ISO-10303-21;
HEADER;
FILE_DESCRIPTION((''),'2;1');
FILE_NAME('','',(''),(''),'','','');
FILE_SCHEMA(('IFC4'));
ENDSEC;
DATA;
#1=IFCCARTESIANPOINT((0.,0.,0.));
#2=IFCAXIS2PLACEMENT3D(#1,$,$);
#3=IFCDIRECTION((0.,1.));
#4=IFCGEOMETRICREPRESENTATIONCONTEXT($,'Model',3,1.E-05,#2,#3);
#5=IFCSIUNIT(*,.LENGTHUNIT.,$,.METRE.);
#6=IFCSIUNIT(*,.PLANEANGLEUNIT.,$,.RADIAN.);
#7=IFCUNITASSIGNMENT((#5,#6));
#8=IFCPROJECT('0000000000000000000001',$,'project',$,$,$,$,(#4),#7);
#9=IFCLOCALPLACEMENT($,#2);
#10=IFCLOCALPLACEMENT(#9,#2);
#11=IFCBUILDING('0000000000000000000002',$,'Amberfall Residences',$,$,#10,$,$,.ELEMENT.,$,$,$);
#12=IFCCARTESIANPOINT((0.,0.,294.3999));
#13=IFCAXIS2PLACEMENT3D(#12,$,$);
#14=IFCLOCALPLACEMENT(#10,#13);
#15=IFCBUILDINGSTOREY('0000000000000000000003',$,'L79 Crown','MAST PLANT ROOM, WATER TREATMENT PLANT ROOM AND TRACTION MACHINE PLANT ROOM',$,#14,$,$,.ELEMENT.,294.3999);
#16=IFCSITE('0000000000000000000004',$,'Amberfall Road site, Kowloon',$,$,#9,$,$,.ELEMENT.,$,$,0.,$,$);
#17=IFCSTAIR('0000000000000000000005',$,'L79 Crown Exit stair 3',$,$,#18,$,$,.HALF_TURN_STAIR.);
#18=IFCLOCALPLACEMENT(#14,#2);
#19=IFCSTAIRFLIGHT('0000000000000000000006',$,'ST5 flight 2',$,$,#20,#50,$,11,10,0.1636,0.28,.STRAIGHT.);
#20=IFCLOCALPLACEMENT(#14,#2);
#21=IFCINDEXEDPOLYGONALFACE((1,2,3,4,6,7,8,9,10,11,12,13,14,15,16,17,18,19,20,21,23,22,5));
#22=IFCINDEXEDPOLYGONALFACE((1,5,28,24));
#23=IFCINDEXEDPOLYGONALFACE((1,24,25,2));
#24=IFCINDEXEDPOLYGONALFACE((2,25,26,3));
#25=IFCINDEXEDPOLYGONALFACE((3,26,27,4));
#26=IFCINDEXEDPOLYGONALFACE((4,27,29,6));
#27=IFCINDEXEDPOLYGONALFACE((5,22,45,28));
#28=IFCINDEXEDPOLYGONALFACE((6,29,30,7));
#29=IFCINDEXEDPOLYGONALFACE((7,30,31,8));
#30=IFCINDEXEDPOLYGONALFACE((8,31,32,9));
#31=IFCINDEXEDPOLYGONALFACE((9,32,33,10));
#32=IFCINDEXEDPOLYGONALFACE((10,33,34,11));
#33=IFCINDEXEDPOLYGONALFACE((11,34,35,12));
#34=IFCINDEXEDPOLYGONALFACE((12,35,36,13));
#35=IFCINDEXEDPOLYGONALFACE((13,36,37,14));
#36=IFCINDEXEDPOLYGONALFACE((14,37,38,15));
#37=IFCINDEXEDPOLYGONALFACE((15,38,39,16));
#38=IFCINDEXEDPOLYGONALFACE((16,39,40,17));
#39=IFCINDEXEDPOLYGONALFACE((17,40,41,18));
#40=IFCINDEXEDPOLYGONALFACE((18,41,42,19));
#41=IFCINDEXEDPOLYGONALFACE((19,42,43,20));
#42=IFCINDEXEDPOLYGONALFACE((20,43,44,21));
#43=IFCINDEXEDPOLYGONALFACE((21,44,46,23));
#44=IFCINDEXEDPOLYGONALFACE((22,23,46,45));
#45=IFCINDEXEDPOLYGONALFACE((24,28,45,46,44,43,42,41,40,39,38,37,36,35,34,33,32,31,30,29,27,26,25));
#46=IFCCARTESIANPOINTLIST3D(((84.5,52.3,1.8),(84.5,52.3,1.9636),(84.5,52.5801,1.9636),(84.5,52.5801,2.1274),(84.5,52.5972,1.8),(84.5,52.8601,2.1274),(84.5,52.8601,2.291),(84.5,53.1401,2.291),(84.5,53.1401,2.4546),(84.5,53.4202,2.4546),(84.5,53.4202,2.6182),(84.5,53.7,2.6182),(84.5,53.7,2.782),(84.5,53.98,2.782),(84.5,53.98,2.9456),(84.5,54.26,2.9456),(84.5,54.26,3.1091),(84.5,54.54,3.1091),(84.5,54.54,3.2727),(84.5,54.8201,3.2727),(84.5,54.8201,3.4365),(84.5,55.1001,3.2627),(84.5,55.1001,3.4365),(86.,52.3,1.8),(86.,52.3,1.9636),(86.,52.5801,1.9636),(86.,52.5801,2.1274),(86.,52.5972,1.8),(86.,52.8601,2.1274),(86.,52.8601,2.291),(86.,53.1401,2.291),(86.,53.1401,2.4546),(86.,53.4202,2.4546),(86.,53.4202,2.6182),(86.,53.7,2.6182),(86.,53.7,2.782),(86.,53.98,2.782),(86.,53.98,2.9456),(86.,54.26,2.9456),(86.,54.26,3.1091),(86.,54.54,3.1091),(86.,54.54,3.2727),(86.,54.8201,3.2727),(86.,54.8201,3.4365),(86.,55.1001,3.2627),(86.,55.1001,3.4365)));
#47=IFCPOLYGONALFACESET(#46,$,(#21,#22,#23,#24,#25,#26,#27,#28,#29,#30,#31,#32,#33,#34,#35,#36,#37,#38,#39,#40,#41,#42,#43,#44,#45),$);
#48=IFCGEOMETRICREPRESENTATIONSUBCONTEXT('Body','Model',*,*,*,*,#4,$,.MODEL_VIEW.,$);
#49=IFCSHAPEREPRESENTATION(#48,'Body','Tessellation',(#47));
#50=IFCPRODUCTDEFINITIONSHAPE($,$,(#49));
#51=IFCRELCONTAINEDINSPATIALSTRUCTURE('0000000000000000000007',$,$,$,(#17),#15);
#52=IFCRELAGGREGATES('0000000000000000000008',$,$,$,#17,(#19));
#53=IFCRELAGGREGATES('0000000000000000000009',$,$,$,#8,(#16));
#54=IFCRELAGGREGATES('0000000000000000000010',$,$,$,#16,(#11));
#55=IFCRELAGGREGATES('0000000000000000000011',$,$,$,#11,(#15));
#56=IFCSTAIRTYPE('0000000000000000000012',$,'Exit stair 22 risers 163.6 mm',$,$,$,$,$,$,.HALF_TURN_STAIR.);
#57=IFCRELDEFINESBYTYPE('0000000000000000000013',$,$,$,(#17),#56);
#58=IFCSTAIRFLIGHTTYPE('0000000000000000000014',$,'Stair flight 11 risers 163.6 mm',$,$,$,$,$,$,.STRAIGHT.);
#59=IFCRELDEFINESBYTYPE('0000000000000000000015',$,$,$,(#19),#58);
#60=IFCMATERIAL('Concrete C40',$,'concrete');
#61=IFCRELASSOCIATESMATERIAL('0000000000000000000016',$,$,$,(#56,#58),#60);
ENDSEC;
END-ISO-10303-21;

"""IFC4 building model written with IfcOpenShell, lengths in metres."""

from ifc_helpers import new_model, si_unit, direction, frame, origin, place, context, subcontext, project, spatial, polyline, outline, extrude, material, type_object, element, aggregate, save


model = new_model("IFC4")

# Units and contexts
model_context = context("Model", 3, precision=1e-05, world=origin(), true_north=direction((0.0, 1.0)))
body_context = subcontext(model_context, "Body", "Model", "MODEL_VIEW")
ifc_project = project(units=[si_unit("LENGTHUNIT", "METRE"), si_unit("PLANEANGLEUNIT", "RADIAN")], contexts=[model_context])

# Site, building, storey
site_placement = place(None, origin())
site = spatial("IfcSite", under=ifc_project, at=site_placement, Name="Amberfall Road site, Kowloon", CompositionType="ELEMENT", RefElevation=0.0)
building_placement = place(site_placement, origin())
building = spatial("IfcBuilding", under=site, at=building_placement, Name="Amberfall Residences", CompositionType="ELEMENT")
storey_placement = place(building_placement, frame((0.0, 0.0, 294.3999)))
storey = spatial("IfcBuildingStorey", under=building, at=storey_placement, Name="L79 Crown", Description="MAST PLANT ROOM, WATER TREATMENT PLANT ROOM AND TRACTION MACHINE PLANT ROOM", CompositionType="ELEMENT", Elevation=294.3999)

# Stair, stair flight
ifc_material_1 = material(Name="Concrete C40", Category="concrete")
stair_type = type_object("IfcStairType", Name="Exit stair 22 risers 163.6 mm", PredefinedType="HALF_TURN_STAIR", material=ifc_material_1)
stair_placement = place(storey_placement, origin())
stair = element("IfcStair", 1, at=stair_placement, inside=storey, type_object=stair_type, Name="L79 Crown Exit stair 3", PredefinedType="HALF_TURN_STAIR")
stair_flight_type = type_object("IfcStairFlightType", Name="Stair flight 11 risers 163.6 mm", PredefinedType="STRAIGHT", material=ifc_material_1)
stair_flight_placement = place(storey_placement, frame((85.25, 52.3, 1.8), z_axis=(0.0, 0.0, 1.0), x_axis=(0.0, 1.0, 0.0)))
stair_flight = element("IfcStairFlight", 2, at=stair_flight_placement, type_object=stair_flight_type, Name="ST5 flight 2", NumberOfRisers=11, NumberOfTreads=10, PredefinedType="STRAIGHT", RiserHeight=0.1636, TreadLength=0.28, context=body_context, shape_type="SweptSolid", body=[
    extrude(outline(polyline([(0.0, 0.0), (0.0, 0.1636), (0.28, 0.1636), (0.28, 0.3274), (0.5601, 0.3274), (0.5601, 0.491), (0.8401, 0.491), (0.8401, 0.6545), (1.1201, 0.6545), (1.1201, 0.8181), (1.3999, 0.8181), (1.3999, 0.9819), (1.6799, 0.9819), (1.6799, 1.1455), (1.96, 1.1455), (1.96, 1.3091), (2.24, 1.3091), (2.24, 1.4727), (2.52, 1.4727), (2.52, 1.6365), (2.8, 1.6365), (2.8, 1.8), (2.8, 1.4626), (0.2971, 0.0), (0.0, 0.0)])), frame((0.0, 0.75, 0.0), z_axis=(0.0, -1.0, 0.0), x_axis=(1.0, 0.0, 0.0)), (0.0, 0.0, 1.0), 1.5),
])
aggregate(stair, [stair_flight])

save(model, "model.ifc")
